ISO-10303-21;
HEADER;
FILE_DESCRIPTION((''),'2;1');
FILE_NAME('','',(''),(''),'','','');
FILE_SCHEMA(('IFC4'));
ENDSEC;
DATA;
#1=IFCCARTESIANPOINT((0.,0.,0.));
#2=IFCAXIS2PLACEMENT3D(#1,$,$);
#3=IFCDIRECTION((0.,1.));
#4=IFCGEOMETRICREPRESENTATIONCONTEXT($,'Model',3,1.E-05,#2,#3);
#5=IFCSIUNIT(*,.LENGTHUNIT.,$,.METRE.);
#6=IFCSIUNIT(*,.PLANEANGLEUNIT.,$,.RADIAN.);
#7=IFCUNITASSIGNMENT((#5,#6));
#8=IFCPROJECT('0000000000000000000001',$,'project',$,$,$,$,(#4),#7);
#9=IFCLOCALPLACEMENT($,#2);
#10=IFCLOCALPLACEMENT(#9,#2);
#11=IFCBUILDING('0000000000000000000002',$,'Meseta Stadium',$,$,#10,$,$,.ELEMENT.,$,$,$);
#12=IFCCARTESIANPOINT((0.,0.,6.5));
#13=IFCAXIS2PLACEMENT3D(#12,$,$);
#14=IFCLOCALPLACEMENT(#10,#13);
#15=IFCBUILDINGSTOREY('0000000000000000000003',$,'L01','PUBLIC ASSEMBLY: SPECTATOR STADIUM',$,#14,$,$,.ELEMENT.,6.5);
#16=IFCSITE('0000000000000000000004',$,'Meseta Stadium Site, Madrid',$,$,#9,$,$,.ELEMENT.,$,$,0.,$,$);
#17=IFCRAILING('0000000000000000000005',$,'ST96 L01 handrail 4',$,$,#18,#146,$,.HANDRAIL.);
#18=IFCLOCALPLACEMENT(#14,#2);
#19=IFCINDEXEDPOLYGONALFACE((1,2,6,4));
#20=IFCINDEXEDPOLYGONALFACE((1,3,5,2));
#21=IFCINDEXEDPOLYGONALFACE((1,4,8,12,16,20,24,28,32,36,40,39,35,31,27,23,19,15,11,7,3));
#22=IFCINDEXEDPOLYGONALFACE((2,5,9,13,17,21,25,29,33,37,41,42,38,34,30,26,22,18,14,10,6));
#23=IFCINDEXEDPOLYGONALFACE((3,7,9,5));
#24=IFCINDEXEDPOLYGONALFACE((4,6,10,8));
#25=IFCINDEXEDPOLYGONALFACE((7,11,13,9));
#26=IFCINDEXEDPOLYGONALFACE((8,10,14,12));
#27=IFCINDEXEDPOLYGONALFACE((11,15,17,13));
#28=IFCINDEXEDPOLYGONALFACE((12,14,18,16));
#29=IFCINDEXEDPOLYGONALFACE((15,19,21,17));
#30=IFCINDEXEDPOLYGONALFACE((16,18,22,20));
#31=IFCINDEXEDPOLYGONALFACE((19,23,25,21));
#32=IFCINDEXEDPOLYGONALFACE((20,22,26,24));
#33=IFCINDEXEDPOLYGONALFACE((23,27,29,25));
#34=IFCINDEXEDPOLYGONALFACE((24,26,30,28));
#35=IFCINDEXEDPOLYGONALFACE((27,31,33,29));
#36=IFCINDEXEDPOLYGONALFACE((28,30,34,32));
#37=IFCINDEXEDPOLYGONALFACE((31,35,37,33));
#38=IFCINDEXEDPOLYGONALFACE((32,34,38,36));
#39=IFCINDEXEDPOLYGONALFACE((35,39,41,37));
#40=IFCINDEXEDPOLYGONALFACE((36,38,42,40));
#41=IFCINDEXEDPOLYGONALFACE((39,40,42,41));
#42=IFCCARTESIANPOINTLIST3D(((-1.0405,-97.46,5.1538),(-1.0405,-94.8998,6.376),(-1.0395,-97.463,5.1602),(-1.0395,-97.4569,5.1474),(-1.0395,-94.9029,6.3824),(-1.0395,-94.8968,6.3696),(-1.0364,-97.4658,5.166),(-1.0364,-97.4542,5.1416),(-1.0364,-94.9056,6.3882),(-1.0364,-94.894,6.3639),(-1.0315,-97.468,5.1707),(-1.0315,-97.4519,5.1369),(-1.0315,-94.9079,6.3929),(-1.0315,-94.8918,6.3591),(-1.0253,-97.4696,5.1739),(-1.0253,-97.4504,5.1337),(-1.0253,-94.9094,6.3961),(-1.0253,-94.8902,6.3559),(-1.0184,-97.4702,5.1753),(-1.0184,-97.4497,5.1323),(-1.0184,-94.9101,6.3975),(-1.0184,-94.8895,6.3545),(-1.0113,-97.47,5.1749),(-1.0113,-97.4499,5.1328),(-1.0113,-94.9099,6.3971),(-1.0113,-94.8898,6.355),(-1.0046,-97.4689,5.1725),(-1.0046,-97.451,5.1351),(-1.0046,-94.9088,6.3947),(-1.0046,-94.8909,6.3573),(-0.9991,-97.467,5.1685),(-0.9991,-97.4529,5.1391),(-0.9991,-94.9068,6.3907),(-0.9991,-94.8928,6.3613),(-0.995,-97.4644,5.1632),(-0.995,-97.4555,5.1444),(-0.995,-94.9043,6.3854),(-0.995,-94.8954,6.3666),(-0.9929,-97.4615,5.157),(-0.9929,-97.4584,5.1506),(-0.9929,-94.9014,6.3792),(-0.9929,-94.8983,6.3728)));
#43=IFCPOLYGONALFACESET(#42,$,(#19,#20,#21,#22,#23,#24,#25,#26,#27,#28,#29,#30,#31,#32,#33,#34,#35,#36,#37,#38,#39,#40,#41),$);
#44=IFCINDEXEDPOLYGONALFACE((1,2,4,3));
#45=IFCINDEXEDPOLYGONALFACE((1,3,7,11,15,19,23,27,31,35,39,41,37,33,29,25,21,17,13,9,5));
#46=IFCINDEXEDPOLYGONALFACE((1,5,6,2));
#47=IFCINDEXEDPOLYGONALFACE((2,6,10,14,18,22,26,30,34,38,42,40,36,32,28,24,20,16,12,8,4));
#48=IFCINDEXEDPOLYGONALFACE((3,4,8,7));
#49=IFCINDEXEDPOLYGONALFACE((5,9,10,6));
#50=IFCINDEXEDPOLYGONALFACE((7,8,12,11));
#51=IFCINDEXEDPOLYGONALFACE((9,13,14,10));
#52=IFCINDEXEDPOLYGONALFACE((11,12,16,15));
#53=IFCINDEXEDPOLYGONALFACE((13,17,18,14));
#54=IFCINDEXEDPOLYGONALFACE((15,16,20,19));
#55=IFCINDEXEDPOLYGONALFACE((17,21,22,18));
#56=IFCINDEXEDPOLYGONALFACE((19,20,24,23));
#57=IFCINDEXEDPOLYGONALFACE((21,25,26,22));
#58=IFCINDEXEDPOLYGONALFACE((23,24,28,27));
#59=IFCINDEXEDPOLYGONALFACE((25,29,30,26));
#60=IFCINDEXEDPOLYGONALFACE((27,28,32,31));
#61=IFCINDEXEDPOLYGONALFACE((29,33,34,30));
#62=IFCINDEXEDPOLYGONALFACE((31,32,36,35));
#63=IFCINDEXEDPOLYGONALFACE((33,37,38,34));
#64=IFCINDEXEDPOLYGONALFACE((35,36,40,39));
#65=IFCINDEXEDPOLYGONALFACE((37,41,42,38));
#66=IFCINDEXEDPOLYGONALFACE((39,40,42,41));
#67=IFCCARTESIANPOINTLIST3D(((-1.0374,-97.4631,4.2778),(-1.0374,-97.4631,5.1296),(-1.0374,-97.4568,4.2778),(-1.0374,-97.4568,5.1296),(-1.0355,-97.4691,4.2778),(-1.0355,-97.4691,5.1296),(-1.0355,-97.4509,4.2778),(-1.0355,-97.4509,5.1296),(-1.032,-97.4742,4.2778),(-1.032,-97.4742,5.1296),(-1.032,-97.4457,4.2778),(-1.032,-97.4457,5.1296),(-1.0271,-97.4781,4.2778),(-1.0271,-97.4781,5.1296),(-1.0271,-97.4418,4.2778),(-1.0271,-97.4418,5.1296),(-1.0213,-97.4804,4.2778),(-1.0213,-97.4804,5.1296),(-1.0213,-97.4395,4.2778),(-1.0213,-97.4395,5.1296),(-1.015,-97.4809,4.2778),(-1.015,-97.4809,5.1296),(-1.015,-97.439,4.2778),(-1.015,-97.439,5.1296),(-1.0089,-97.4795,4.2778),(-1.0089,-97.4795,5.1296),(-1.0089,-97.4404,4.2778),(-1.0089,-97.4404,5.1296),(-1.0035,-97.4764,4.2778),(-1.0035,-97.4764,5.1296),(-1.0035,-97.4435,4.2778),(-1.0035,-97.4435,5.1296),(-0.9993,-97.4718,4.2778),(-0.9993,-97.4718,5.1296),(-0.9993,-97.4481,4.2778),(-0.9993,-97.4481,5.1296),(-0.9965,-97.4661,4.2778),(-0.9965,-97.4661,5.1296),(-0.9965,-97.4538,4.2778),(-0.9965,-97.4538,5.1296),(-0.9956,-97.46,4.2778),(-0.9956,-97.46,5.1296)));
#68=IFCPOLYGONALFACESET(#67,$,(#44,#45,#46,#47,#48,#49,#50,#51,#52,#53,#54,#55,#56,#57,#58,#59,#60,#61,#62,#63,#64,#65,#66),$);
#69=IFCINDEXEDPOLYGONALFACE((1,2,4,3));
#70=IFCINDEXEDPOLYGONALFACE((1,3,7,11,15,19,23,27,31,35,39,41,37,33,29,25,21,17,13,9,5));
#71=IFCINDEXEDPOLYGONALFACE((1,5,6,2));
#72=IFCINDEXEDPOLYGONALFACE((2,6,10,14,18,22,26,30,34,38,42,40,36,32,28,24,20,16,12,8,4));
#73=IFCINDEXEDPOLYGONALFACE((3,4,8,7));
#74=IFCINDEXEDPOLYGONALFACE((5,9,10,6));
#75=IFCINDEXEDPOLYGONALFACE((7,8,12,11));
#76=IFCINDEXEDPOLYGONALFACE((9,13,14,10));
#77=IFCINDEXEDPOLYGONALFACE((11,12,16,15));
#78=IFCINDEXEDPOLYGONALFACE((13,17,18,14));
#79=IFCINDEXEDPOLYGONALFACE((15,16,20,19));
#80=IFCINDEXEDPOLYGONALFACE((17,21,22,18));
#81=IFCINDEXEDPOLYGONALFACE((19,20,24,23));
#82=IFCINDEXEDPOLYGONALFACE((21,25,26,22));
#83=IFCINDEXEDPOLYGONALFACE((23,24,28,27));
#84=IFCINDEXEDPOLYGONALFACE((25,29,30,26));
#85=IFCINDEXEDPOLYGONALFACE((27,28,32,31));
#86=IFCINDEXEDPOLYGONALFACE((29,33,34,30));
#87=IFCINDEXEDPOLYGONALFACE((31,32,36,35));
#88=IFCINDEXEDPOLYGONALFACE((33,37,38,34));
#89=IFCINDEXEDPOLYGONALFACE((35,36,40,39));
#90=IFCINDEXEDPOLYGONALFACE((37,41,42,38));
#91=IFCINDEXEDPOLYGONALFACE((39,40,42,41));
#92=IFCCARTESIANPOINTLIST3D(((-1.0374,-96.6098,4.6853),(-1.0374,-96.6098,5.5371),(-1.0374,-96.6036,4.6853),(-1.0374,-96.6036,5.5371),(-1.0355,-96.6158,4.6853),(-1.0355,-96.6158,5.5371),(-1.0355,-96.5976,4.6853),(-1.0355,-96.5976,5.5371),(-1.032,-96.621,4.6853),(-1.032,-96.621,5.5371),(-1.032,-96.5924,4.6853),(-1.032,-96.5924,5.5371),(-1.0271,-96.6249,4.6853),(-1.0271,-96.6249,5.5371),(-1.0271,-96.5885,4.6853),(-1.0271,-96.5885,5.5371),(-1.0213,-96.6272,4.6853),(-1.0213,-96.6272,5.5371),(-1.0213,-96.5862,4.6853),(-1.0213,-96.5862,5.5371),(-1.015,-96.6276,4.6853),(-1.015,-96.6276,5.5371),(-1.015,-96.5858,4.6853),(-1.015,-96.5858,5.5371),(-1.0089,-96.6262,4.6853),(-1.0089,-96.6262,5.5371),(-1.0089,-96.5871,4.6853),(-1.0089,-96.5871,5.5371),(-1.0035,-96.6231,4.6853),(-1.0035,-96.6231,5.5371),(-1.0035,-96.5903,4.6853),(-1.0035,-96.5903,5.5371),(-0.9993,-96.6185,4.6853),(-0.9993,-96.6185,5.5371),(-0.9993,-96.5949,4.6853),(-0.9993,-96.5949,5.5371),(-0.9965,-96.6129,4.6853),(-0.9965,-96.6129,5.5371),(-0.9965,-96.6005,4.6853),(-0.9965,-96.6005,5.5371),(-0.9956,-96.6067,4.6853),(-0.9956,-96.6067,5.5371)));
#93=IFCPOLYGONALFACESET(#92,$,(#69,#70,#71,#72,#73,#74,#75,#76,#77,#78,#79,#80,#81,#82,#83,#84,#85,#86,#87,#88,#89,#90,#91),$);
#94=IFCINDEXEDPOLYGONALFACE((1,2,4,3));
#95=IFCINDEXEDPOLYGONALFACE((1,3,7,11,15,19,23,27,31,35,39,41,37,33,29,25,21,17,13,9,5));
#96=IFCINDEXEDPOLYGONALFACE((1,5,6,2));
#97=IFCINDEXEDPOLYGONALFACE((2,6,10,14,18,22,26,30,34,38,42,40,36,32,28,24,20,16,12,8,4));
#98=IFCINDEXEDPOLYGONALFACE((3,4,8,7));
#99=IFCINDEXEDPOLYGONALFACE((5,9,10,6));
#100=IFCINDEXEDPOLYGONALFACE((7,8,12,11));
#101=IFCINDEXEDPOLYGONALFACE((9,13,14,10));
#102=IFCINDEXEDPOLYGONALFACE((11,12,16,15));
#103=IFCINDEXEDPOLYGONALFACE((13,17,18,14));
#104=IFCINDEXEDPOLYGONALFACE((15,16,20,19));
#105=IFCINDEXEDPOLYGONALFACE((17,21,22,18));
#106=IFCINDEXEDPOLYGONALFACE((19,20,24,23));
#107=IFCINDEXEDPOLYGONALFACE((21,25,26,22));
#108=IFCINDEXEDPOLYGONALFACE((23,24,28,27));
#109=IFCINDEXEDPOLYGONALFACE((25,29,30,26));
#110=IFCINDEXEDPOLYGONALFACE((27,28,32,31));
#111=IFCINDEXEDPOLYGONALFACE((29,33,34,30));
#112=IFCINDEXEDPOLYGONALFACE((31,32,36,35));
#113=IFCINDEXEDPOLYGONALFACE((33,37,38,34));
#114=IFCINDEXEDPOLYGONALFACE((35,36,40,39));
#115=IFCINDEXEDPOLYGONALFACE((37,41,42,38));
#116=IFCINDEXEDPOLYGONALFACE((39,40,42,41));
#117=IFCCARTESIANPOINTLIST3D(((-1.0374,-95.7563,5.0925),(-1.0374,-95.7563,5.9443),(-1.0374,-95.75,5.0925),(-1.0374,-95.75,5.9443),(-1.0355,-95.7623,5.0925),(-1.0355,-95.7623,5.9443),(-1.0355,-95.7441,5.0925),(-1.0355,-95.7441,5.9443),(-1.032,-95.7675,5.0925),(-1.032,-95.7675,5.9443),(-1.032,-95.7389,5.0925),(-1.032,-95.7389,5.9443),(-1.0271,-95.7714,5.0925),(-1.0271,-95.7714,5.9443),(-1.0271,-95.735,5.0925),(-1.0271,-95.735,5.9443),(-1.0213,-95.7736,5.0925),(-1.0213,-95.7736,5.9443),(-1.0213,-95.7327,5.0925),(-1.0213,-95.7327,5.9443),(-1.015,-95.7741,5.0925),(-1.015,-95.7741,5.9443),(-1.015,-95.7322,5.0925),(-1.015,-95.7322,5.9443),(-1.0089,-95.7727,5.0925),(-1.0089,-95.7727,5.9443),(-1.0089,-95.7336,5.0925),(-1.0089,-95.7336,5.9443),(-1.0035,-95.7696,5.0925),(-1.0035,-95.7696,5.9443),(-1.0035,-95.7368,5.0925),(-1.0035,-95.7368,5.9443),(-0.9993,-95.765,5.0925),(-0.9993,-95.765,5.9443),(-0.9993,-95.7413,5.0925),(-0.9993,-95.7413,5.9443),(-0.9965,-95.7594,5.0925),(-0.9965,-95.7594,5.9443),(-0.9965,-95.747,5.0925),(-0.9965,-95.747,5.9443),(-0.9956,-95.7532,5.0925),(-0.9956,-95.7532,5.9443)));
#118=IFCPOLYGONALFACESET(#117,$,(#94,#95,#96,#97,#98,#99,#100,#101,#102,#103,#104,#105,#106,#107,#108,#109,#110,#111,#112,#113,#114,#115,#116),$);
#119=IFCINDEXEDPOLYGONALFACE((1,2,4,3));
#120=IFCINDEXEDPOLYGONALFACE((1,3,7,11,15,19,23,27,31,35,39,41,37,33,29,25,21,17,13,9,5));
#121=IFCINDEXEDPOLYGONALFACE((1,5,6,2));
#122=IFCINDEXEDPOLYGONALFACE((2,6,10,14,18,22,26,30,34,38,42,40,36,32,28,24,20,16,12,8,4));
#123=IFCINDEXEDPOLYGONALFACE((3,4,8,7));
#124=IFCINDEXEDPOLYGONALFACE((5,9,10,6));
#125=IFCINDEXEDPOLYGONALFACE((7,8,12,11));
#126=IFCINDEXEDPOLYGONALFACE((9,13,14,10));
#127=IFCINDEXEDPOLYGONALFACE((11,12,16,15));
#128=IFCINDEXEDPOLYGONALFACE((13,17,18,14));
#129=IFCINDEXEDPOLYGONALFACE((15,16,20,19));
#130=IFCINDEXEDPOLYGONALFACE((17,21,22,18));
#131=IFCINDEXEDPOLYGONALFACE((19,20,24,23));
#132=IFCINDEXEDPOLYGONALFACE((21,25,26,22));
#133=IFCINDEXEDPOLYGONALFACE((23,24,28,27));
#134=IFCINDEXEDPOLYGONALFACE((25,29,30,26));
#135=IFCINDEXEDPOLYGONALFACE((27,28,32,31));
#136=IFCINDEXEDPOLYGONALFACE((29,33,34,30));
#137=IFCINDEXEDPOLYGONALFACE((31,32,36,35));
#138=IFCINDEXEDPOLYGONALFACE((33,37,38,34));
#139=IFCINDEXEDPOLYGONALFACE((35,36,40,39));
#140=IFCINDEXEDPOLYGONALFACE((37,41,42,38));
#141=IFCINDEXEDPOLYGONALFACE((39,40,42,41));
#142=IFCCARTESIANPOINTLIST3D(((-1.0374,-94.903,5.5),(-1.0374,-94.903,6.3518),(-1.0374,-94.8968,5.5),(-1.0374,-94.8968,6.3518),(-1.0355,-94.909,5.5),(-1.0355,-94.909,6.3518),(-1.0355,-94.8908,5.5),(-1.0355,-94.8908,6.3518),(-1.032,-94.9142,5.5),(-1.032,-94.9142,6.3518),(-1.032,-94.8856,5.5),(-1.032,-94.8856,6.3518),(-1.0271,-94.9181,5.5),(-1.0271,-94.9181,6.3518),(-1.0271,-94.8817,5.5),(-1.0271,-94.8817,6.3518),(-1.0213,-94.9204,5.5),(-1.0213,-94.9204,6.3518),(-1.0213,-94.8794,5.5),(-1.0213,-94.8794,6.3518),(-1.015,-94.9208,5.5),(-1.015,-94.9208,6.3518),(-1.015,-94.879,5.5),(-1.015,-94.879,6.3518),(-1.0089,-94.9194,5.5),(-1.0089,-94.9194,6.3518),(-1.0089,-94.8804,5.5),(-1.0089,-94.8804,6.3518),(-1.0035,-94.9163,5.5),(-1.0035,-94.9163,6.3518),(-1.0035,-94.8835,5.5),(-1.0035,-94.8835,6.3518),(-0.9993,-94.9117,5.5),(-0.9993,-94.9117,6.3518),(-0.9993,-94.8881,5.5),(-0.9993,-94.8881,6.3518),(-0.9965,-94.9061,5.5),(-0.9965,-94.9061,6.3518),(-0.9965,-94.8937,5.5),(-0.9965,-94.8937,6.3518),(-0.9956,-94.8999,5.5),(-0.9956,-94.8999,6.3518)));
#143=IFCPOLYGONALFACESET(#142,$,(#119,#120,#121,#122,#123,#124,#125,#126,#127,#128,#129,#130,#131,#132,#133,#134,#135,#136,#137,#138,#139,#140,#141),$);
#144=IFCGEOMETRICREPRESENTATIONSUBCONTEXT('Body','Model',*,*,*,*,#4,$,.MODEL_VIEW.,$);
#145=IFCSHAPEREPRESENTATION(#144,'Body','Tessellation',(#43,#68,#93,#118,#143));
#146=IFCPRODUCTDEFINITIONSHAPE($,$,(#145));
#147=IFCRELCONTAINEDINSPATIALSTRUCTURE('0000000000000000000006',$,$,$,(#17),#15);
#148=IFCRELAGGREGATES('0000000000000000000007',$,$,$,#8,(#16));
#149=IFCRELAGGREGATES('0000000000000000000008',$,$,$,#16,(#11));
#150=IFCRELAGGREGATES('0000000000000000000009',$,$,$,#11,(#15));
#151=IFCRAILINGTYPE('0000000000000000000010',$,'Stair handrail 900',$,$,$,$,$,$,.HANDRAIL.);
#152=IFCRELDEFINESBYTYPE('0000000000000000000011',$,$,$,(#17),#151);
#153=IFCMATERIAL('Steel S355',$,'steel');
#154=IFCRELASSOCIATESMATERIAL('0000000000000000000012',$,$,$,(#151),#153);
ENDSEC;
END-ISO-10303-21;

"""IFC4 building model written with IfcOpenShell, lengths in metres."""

from ifc_helpers import new_model, si_unit, direction, frame, origin, origin_2d, place, context, subcontext, project, spatial, circle, extrude, material, type_object, element, save


model = new_model("IFC4")

# Units and contexts
model_context = context("Model", 3, precision=1e-05, world=origin(), true_north=direction((0.0, 1.0)))
body_context = subcontext(model_context, "Body", "Model", "MODEL_VIEW")
ifc_project = project(units=[si_unit("LENGTHUNIT", "METRE"), si_unit("PLANEANGLEUNIT", "RADIAN")], contexts=[model_context])

# Site, building, storey
site_placement = place(None, origin())
site = spatial("IfcSite", under=ifc_project, at=site_placement, Name="Meseta Stadium Site, Madrid", CompositionType="ELEMENT", RefElevation=0.0)
building_placement = place(site_placement, origin())
building = spatial("IfcBuilding", under=site, at=building_placement, Name="Meseta Stadium", CompositionType="ELEMENT")
storey_placement = place(building_placement, frame((0.0, 0.0, 6.5)))
storey = spatial("IfcBuildingStorey", under=building, at=storey_placement, Name="L01", Description="PUBLIC ASSEMBLY: SPECTATOR STADIUM", CompositionType="ELEMENT", Elevation=6.5)

# Railing
ifc_material_1 = material(Name="Steel S355", Category="steel")
railing_type_1 = type_object("IfcRailingType", Name="Stair handrail 900", PredefinedType="HANDRAIL", material=ifc_material_1)
railing_1_placement = place(storey_placement, frame((-1.0166, -97.46, 4.2778)))
element("IfcRailing", 1, at=railing_1_placement, inside=storey, type_object=railing_type_1, Name="ST96 L01 handrail 4", PredefinedType="HANDRAIL", context=body_context, shape_type="SweptSolid", body=[
    extrude(circle(Radius=0.0239, at=origin_2d()), frame((0.0, 0.0, 0.876), z_axis=(0.0, 0.902437, 0.430822), x_axis=(-1.0, 0.0, 0.0)), (0.0, 0.0, 1.0), 2.8369),
    extrude(circle(Radius=0.021, at=origin_2d()), origin(), (0.0, 0.0, 1.0), 0.8518),
    extrude(circle(Radius=0.021, at=origin_2d()), frame((0.0, 0.8533, 0.4075)), (0.0, 0.0, 1.0), 0.8518),
    extrude(circle(Radius=0.021, at=origin_2d()), frame((0.0, 1.7068, 0.8147)), (0.0, 0.0, 1.0), 0.8518),
    extrude(circle(Radius=0.021, at=origin_2d()), frame((0.0, 2.5601, 1.2222)), (0.0, 0.0, 1.0), 0.8518),
])

save(model, "model.ifc")
